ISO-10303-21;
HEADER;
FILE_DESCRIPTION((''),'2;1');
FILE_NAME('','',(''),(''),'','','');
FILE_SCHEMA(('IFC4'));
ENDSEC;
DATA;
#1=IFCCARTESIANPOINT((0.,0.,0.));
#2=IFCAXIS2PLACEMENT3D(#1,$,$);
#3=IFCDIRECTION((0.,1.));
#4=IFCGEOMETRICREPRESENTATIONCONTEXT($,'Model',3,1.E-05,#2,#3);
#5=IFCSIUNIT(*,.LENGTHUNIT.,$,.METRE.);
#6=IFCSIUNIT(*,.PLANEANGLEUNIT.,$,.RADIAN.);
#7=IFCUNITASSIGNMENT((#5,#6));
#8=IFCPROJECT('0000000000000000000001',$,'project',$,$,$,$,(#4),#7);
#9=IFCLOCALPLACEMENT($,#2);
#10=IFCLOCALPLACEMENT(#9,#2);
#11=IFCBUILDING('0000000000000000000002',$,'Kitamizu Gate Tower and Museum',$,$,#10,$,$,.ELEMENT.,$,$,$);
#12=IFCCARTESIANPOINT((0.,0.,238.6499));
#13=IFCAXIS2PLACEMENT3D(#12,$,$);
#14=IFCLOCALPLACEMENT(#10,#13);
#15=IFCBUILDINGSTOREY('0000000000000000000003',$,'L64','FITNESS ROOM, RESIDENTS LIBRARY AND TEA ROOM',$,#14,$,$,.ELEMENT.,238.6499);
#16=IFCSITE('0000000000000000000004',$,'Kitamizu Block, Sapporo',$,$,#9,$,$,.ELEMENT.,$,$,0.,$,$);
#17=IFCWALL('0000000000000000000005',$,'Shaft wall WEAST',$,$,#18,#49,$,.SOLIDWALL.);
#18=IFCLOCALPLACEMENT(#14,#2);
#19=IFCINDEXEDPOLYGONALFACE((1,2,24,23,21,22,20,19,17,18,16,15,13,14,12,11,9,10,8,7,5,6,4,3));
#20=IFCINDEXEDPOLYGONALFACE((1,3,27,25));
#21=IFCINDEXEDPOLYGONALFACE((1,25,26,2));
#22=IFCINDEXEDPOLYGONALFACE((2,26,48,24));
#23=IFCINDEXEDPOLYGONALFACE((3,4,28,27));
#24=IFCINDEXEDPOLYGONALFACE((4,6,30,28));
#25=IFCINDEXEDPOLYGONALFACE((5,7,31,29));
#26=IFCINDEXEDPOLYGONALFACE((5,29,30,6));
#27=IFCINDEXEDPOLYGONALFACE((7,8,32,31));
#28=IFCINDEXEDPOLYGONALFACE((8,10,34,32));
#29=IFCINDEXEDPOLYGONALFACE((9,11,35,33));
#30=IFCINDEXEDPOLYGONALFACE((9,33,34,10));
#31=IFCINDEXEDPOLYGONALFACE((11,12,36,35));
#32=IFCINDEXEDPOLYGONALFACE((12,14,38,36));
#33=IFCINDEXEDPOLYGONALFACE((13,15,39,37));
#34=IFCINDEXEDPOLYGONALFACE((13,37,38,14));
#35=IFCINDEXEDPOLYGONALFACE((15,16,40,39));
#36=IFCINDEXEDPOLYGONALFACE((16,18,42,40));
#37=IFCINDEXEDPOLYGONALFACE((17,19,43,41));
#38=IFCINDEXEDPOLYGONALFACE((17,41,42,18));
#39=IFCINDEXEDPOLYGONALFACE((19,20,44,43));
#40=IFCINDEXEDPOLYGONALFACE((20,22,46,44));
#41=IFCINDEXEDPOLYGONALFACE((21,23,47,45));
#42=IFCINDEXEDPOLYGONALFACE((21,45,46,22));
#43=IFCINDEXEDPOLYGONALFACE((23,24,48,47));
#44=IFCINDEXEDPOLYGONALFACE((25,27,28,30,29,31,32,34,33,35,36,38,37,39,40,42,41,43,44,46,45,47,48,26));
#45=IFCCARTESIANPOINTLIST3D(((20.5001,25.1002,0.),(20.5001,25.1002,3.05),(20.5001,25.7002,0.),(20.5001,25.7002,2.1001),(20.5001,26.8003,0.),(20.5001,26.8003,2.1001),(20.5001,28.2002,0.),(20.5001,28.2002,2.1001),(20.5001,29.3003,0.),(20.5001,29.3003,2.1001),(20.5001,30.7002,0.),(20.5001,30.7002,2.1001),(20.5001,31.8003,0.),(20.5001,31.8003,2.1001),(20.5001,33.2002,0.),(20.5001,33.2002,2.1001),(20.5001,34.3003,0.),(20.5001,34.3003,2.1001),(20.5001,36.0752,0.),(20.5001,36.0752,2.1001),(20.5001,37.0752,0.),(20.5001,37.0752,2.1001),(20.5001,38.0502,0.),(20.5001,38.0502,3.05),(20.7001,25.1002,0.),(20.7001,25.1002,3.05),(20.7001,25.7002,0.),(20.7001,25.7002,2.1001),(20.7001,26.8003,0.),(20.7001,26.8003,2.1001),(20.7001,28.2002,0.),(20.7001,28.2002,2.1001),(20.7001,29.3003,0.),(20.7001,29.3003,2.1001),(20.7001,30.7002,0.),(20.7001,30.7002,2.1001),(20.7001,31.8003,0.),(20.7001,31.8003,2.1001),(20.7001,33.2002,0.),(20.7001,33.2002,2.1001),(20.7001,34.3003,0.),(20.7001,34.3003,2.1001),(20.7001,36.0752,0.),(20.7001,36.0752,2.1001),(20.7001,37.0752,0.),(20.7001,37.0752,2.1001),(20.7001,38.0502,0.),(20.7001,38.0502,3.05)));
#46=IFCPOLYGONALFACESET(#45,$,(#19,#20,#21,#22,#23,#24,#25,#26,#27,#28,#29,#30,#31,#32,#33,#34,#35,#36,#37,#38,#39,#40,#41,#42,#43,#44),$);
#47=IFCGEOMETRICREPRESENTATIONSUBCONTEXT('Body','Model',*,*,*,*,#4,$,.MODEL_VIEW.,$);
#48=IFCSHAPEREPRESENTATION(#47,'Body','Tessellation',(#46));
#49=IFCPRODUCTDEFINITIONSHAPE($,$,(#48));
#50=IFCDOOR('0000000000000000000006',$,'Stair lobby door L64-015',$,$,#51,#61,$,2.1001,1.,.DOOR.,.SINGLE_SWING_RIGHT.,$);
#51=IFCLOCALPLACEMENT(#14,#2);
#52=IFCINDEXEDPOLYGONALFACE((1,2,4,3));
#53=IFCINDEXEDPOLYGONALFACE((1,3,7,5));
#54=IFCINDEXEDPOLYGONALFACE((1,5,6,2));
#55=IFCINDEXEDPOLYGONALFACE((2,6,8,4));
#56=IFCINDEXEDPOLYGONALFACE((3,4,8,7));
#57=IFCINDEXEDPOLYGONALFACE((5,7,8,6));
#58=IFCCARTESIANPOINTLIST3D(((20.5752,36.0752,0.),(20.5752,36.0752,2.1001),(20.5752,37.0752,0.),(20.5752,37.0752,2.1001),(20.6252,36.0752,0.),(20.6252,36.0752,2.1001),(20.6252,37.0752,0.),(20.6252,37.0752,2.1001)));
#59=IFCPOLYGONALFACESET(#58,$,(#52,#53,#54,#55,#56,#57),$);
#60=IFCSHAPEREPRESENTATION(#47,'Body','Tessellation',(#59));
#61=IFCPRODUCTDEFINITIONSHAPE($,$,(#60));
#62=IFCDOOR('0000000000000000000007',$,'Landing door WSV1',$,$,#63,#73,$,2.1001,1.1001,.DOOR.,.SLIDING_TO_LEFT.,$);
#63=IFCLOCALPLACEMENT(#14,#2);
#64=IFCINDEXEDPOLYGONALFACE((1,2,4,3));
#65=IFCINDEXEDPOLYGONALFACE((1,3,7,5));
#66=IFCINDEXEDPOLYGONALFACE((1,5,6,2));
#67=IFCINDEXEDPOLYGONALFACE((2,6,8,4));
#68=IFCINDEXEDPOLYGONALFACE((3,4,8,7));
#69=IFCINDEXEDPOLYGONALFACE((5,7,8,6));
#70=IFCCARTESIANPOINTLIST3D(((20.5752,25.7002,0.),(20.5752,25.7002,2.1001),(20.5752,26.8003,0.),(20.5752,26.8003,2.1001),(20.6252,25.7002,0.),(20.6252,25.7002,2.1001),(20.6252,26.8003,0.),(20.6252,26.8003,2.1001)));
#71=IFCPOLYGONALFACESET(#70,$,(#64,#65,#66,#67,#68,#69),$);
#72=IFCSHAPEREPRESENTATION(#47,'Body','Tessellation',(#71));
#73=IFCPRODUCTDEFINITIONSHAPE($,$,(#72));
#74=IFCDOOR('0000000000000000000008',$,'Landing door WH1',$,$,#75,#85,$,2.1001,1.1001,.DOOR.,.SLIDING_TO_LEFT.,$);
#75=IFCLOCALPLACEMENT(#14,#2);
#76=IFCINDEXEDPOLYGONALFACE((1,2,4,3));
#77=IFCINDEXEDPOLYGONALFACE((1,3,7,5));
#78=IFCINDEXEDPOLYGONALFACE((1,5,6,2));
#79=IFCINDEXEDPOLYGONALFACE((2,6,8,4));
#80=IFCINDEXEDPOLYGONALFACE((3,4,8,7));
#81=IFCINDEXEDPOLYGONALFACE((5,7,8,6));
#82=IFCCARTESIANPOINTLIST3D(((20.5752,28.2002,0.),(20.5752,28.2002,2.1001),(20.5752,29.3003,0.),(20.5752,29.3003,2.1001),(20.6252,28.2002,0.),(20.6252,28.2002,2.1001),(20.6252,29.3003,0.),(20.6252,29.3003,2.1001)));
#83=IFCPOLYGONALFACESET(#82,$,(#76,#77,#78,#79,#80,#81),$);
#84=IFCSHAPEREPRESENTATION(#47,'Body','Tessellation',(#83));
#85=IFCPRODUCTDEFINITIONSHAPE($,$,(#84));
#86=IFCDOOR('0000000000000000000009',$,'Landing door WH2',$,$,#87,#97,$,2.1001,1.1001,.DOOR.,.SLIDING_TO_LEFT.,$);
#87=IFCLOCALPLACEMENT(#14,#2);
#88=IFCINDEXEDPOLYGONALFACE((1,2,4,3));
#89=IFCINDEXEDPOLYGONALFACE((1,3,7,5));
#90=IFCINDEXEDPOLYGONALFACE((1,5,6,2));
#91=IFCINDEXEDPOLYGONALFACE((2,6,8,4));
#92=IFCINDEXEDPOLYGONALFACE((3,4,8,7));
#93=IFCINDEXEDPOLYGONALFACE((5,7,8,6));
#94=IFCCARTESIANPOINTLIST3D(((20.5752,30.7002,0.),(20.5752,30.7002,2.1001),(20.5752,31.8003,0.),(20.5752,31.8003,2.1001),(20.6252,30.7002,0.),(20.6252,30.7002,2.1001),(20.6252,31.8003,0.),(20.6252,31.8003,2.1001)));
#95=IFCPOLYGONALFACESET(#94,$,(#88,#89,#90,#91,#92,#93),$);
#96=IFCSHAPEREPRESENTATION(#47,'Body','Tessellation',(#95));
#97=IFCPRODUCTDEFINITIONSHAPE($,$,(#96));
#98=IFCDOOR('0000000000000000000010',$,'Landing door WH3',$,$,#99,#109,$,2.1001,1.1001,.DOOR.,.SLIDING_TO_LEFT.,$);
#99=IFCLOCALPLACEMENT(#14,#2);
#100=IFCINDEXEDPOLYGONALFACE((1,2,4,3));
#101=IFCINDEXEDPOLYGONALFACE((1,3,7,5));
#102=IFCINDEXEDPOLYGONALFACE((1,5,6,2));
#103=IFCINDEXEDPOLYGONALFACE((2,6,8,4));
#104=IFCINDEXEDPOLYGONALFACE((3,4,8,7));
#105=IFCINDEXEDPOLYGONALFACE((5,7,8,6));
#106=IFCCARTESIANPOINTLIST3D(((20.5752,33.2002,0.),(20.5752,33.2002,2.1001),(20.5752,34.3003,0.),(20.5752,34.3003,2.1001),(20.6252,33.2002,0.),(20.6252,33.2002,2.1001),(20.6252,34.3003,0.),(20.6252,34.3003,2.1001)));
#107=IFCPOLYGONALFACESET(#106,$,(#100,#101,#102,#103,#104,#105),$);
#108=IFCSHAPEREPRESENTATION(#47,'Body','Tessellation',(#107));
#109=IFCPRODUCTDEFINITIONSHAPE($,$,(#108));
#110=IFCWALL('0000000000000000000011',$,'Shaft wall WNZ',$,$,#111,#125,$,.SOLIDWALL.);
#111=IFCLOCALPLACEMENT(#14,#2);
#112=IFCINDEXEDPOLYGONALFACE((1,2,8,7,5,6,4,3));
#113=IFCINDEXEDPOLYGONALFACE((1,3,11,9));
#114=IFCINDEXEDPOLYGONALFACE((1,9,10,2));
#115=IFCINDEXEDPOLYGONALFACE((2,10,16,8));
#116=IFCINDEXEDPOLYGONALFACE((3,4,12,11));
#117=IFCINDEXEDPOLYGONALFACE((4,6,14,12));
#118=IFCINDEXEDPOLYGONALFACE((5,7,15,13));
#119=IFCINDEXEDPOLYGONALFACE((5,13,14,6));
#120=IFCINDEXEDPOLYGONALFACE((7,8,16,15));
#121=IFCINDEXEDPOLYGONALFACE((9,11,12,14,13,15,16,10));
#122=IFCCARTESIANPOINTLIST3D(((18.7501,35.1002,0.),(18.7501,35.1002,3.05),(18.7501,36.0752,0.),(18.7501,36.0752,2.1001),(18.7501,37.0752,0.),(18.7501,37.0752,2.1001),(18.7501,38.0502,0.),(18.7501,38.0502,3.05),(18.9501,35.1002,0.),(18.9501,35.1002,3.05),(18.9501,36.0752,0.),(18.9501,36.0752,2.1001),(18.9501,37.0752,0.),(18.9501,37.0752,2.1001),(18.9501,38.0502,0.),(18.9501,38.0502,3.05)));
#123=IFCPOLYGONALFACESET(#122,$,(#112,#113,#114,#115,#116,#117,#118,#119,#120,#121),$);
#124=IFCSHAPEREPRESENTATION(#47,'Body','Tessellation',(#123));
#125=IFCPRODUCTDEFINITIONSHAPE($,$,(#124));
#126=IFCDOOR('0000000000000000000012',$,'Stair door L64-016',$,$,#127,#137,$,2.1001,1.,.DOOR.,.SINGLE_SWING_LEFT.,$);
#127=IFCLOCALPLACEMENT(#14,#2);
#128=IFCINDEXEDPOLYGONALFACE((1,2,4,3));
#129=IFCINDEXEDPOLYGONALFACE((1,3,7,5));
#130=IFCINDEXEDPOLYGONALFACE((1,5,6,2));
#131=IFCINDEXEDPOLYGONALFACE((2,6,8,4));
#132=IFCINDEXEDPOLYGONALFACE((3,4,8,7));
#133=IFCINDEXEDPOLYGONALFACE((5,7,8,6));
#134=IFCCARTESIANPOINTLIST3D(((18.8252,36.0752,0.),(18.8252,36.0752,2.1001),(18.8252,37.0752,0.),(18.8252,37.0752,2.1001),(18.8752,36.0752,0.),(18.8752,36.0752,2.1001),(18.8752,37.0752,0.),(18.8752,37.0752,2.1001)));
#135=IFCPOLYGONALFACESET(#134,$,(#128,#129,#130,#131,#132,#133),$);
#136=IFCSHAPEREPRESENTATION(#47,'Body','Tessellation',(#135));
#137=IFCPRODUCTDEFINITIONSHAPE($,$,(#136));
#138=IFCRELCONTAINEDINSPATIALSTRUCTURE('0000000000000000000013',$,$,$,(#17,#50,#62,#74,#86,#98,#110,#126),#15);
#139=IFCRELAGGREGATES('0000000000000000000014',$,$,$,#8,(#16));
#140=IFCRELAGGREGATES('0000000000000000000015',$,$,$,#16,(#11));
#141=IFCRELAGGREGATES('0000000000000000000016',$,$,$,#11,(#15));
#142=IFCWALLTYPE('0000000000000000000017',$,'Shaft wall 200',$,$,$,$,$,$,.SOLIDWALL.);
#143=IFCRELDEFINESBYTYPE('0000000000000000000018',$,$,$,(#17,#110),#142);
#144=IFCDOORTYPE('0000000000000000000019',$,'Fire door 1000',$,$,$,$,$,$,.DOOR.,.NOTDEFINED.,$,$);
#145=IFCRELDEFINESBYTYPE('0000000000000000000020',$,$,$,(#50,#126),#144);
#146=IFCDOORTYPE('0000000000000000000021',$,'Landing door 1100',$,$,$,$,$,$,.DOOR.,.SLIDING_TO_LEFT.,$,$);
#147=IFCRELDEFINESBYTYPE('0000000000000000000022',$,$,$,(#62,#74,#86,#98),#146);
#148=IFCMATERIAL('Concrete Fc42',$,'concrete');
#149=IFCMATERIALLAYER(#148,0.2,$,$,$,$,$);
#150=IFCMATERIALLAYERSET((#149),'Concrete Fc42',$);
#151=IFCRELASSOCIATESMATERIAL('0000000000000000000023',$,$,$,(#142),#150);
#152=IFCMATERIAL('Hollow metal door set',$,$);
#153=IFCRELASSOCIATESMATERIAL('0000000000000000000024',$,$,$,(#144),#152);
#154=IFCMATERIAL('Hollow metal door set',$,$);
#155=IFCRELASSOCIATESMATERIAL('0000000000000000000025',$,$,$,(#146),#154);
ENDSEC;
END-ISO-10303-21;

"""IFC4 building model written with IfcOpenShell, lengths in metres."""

from ifc_helpers import new_model, si_unit, direction, frame, frame_2d, origin, place, context, subcontext, project, spatial, rectangle, extrude, material, layer, layer_set, type_object, element, fill, save


model = new_model("IFC4")

# Units and contexts
model_context = context("Model", 3, precision=1e-05, world=origin(), true_north=direction((0.0, 1.0)))
body_context = subcontext(model_context, "Body", "Model", "MODEL_VIEW")
ifc_project = project(units=[si_unit("LENGTHUNIT", "METRE"), si_unit("PLANEANGLEUNIT", "RADIAN")], contexts=[model_context])

# Site, building, storey
site_placement = place(None, origin())
site = spatial("IfcSite", under=ifc_project, at=site_placement, Name="Kitamizu Block, Sapporo", CompositionType="ELEMENT", RefElevation=0.0)
building_placement = place(site_placement, origin())
building = spatial("IfcBuilding", under=site, at=building_placement, Name="Kitamizu Gate Tower and Museum", CompositionType="ELEMENT")
storey_placement = place(building_placement, frame((0.0, 0.0, 238.6499)))
storey = spatial("IfcBuildingStorey", under=building, at=storey_placement, Name="L64", Description="FITNESS ROOM, RESIDENTS LIBRARY AND TEA ROOM", CompositionType="ELEMENT", Elevation=238.6499)

# Wall, openings, doors
ifc_material_1 = material(Name="Concrete Fc42", Category="concrete")
ifc_layer_1 = layer(ifc_material_1, 0.2)
ifc_layer_set_1 = layer_set([ifc_layer_1], Name="Concrete Fc42")
wall_type_1 = type_object("IfcWallType", Name="Shaft wall 200", PredefinedType="SOLIDWALL", material=ifc_layer_set_1)
wall_1_placement = place(storey_placement, frame((20.6001, 25.1001, 0.0), z_axis=(0.0, 0.0, 1.0), x_axis=(0.0, 1.0, 0.0)))
wall_1 = element("IfcWall", 1, at=wall_1_placement, inside=storey, type_object=wall_type_1, Name="Shaft wall WEAST", PredefinedType="SOLIDWALL", context=body_context, shape_type="SweptSolid", body=[
    extrude(rectangle(XDim=12.95, YDim=0.2, at=frame_2d((6.4751, 0.0))), origin(), (0.0, 0.0, 1.0), 3.05),
])
opening_1_placement = place(wall_1_placement, frame((0.6001, 0.0, 0.0)))
opening_1 = element("IfcOpeningElement", 2, at=opening_1_placement, cuts=wall_1, PredefinedType="OPENING", context=body_context, shape_type="SweptSolid", body=[
    extrude(rectangle(XDim=1.1001, YDim=2.1001, at=frame_2d((0.55, 1.05))), frame((0.0, 0.1099, 0.0), z_axis=(0.0, -1.0, 0.0), x_axis=(1.0, 0.0, 0.0)), (0.0, 0.0, 1.0), 0.22),
])
opening_2_placement = place(wall_1_placement, frame((3.1001, 0.0, 0.0)))
opening_2 = element("IfcOpeningElement", 3, at=opening_2_placement, cuts=wall_1, PredefinedType="OPENING", context=body_context, shape_type="SweptSolid", body=[
    extrude(rectangle(XDim=1.1001, YDim=2.1001, at=frame_2d((0.55, 1.05))), frame((0.0, 0.1099, 0.0), z_axis=(0.0, -1.0, 0.0), x_axis=(1.0, 0.0, 0.0)), (0.0, 0.0, 1.0), 0.22),
])
opening_3_placement = place(wall_1_placement, frame((5.6001, 0.0, 0.0)))
opening_3 = element("IfcOpeningElement", 4, at=opening_3_placement, cuts=wall_1, PredefinedType="OPENING", context=body_context, shape_type="SweptSolid", body=[
    extrude(rectangle(XDim=1.1001, YDim=2.1001, at=frame_2d((0.55, 1.05))), frame((0.0, 0.1099, 0.0), z_axis=(0.0, -1.0, 0.0), x_axis=(1.0, 0.0, 0.0)), (0.0, 0.0, 1.0), 0.22),
])
opening_4_placement = place(wall_1_placement, frame((8.1001, 0.0, 0.0)))
opening_4 = element("IfcOpeningElement", 5, at=opening_4_placement, cuts=wall_1, PredefinedType="OPENING", context=body_context, shape_type="SweptSolid", body=[
    extrude(rectangle(XDim=1.1001, YDim=2.1001, at=frame_2d((0.55, 1.05))), frame((0.0, 0.1099, 0.0), z_axis=(0.0, -1.0, 0.0), x_axis=(1.0, 0.0, 0.0)), (0.0, 0.0, 1.0), 0.22),
])
opening_5_placement = place(wall_1_placement, frame((10.9751, 0.0, 0.0)))
opening_5 = element("IfcOpeningElement", 6, at=opening_5_placement, cuts=wall_1, PredefinedType="OPENING", context=body_context, shape_type="SweptSolid", body=[
    extrude(rectangle(XDim=1.0, YDim=2.1001, at=frame_2d((0.5, 1.05))), frame((0.0, 0.1099, 0.0), z_axis=(0.0, -1.0, 0.0), x_axis=(1.0, 0.0, 0.0)), (0.0, 0.0, 1.0), 0.22),
])
ifc_material_2 = material(Name="Hollow metal door set")
door_type_1 = type_object("IfcDoorType", Name="Fire door 1000", OperationType="NOTDEFINED", PredefinedType="DOOR", material=ifc_material_2)
door_1_placement = place(opening_5_placement, origin())
door_1 = element("IfcDoor", 7, at=door_1_placement, inside=storey, type_object=door_type_1, Name="Stair lobby door L64-015", OperationType="SINGLE_SWING_RIGHT", OverallHeight=2.1001, OverallWidth=1.0, PredefinedType="DOOR", context=body_context, shape_type="SweptSolid", body=[
    extrude(rectangle(XDim=1.0, YDim=2.1001, at=frame_2d((0.5, 1.05))), frame((0.0, 0.0249, 0.0), z_axis=(0.0, -1.0, 0.0), x_axis=(1.0, 0.0, 0.0)), (0.0, 0.0, 1.0), 0.05),
])
fill(opening_5, door_1)
ifc_material_3 = material(Name="Hollow metal door set")
door_type_2 = type_object("IfcDoorType", Name="Landing door 1100", OperationType="SLIDING_TO_LEFT", PredefinedType="DOOR", material=ifc_material_3)
door_2_placement = place(opening_1_placement, origin())
door_2 = element("IfcDoor", 8, at=door_2_placement, inside=storey, type_object=door_type_2, Name="Landing door WSV1", OperationType="SLIDING_TO_LEFT", OverallHeight=2.1001, OverallWidth=1.1001, PredefinedType="DOOR", context=body_context, shape_type="SweptSolid", body=[
    extrude(rectangle(XDim=1.1001, YDim=2.1001, at=frame_2d((0.55, 1.05))), frame((0.0, 0.0249, 0.0), z_axis=(0.0, -1.0, 0.0), x_axis=(1.0, 0.0, 0.0)), (0.0, 0.0, 1.0), 0.05),
])
fill(opening_1, door_2)
door_3_placement = place(opening_2_placement, origin())
door_3 = element("IfcDoor", 9, at=door_3_placement, inside=storey, type_object=door_type_2, Name="Landing door WH1", OperationType="SLIDING_TO_LEFT", OverallHeight=2.1001, OverallWidth=1.1001, PredefinedType="DOOR", context=body_context, shape_type="SweptSolid", body=[
    extrude(rectangle(XDim=1.1001, YDim=2.1001, at=frame_2d((0.55, 1.05))), frame((0.0, 0.0249, 0.0), z_axis=(0.0, -1.0, 0.0), x_axis=(1.0, 0.0, 0.0)), (0.0, 0.0, 1.0), 0.05),
])
fill(opening_2, door_3)
door_4_placement = place(opening_3_placement, origin())
door_4 = element("IfcDoor", 10, at=door_4_placement, inside=storey, type_object=door_type_2, Name="Landing door WH2", OperationType="SLIDING_TO_LEFT", OverallHeight=2.1001, OverallWidth=1.1001, PredefinedType="DOOR", context=body_context, shape_type="SweptSolid", body=[
    extrude(rectangle(XDim=1.1001, YDim=2.1001, at=frame_2d((0.55, 1.05))), frame((0.0, 0.0249, 0.0), z_axis=(0.0, -1.0, 0.0), x_axis=(1.0, 0.0, 0.0)), (0.0, 0.0, 1.0), 0.05),
])
fill(opening_3, door_4)
door_5_placement = place(opening_4_placement, origin())
door_5 = element("IfcDoor", 11, at=door_5_placement, inside=storey, type_object=door_type_2, Name="Landing door WH3", OperationType="SLIDING_TO_LEFT", OverallHeight=2.1001, OverallWidth=1.1001, PredefinedType="DOOR", context=body_context, shape_type="SweptSolid", body=[
    extrude(rectangle(XDim=1.1001, YDim=2.1001, at=frame_2d((0.55, 1.05))), frame((0.0, 0.0249, 0.0), z_axis=(0.0, -1.0, 0.0), x_axis=(1.0, 0.0, 0.0)), (0.0, 0.0, 1.0), 0.05),
])
fill(opening_4, door_5)

# Wall, opening, door
wall_2_placement = place(storey_placement, frame((18.8501, 35.1001, 0.0), z_axis=(0.0, 0.0, 1.0), x_axis=(0.0, 1.0, 0.0)))
wall_2 = element("IfcWall", 12, at=wall_2_placement, inside=storey, type_object=wall_type_1, Name="Shaft wall WNZ", PredefinedType="SOLIDWALL", context=body_context, shape_type="SweptSolid", body=[
    extrude(rectangle(XDim=2.95, YDim=0.2, at=frame_2d((1.4751, 0.0))), origin(), (0.0, 0.0, 1.0), 3.05),
])
opening_6_placement = place(wall_2_placement, frame((0.9751, 0.0, 0.0)))
opening_6 = element("IfcOpeningElement", 13, at=opening_6_placement, cuts=wall_2, PredefinedType="OPENING", context=body_context, shape_type="SweptSolid", body=[
    extrude(rectangle(XDim=1.0, YDim=2.1001, at=frame_2d((0.5, 1.05))), frame((0.0, 0.1099, 0.0), z_axis=(0.0, -1.0, 0.0), x_axis=(1.0, 0.0, 0.0)), (0.0, 0.0, 1.0), 0.22),
])
door_6_placement = place(opening_6_placement, origin())
door_6 = element("IfcDoor", 14, at=door_6_placement, inside=storey, type_object=door_type_1, Name="Stair door L64-016", OperationType="SINGLE_SWING_LEFT", OverallHeight=2.1001, OverallWidth=1.0, PredefinedType="DOOR", context=body_context, shape_type="SweptSolid", body=[
    extrude(rectangle(XDim=1.0, YDim=2.1001, at=frame_2d((0.5, 1.05))), frame((0.0, 0.0249, 0.0), z_axis=(0.0, -1.0, 0.0), x_axis=(1.0, 0.0, 0.0)), (0.0, 0.0, 1.0), 0.05),
])
fill(opening_6, door_6)

save(model, "model.ifc")
